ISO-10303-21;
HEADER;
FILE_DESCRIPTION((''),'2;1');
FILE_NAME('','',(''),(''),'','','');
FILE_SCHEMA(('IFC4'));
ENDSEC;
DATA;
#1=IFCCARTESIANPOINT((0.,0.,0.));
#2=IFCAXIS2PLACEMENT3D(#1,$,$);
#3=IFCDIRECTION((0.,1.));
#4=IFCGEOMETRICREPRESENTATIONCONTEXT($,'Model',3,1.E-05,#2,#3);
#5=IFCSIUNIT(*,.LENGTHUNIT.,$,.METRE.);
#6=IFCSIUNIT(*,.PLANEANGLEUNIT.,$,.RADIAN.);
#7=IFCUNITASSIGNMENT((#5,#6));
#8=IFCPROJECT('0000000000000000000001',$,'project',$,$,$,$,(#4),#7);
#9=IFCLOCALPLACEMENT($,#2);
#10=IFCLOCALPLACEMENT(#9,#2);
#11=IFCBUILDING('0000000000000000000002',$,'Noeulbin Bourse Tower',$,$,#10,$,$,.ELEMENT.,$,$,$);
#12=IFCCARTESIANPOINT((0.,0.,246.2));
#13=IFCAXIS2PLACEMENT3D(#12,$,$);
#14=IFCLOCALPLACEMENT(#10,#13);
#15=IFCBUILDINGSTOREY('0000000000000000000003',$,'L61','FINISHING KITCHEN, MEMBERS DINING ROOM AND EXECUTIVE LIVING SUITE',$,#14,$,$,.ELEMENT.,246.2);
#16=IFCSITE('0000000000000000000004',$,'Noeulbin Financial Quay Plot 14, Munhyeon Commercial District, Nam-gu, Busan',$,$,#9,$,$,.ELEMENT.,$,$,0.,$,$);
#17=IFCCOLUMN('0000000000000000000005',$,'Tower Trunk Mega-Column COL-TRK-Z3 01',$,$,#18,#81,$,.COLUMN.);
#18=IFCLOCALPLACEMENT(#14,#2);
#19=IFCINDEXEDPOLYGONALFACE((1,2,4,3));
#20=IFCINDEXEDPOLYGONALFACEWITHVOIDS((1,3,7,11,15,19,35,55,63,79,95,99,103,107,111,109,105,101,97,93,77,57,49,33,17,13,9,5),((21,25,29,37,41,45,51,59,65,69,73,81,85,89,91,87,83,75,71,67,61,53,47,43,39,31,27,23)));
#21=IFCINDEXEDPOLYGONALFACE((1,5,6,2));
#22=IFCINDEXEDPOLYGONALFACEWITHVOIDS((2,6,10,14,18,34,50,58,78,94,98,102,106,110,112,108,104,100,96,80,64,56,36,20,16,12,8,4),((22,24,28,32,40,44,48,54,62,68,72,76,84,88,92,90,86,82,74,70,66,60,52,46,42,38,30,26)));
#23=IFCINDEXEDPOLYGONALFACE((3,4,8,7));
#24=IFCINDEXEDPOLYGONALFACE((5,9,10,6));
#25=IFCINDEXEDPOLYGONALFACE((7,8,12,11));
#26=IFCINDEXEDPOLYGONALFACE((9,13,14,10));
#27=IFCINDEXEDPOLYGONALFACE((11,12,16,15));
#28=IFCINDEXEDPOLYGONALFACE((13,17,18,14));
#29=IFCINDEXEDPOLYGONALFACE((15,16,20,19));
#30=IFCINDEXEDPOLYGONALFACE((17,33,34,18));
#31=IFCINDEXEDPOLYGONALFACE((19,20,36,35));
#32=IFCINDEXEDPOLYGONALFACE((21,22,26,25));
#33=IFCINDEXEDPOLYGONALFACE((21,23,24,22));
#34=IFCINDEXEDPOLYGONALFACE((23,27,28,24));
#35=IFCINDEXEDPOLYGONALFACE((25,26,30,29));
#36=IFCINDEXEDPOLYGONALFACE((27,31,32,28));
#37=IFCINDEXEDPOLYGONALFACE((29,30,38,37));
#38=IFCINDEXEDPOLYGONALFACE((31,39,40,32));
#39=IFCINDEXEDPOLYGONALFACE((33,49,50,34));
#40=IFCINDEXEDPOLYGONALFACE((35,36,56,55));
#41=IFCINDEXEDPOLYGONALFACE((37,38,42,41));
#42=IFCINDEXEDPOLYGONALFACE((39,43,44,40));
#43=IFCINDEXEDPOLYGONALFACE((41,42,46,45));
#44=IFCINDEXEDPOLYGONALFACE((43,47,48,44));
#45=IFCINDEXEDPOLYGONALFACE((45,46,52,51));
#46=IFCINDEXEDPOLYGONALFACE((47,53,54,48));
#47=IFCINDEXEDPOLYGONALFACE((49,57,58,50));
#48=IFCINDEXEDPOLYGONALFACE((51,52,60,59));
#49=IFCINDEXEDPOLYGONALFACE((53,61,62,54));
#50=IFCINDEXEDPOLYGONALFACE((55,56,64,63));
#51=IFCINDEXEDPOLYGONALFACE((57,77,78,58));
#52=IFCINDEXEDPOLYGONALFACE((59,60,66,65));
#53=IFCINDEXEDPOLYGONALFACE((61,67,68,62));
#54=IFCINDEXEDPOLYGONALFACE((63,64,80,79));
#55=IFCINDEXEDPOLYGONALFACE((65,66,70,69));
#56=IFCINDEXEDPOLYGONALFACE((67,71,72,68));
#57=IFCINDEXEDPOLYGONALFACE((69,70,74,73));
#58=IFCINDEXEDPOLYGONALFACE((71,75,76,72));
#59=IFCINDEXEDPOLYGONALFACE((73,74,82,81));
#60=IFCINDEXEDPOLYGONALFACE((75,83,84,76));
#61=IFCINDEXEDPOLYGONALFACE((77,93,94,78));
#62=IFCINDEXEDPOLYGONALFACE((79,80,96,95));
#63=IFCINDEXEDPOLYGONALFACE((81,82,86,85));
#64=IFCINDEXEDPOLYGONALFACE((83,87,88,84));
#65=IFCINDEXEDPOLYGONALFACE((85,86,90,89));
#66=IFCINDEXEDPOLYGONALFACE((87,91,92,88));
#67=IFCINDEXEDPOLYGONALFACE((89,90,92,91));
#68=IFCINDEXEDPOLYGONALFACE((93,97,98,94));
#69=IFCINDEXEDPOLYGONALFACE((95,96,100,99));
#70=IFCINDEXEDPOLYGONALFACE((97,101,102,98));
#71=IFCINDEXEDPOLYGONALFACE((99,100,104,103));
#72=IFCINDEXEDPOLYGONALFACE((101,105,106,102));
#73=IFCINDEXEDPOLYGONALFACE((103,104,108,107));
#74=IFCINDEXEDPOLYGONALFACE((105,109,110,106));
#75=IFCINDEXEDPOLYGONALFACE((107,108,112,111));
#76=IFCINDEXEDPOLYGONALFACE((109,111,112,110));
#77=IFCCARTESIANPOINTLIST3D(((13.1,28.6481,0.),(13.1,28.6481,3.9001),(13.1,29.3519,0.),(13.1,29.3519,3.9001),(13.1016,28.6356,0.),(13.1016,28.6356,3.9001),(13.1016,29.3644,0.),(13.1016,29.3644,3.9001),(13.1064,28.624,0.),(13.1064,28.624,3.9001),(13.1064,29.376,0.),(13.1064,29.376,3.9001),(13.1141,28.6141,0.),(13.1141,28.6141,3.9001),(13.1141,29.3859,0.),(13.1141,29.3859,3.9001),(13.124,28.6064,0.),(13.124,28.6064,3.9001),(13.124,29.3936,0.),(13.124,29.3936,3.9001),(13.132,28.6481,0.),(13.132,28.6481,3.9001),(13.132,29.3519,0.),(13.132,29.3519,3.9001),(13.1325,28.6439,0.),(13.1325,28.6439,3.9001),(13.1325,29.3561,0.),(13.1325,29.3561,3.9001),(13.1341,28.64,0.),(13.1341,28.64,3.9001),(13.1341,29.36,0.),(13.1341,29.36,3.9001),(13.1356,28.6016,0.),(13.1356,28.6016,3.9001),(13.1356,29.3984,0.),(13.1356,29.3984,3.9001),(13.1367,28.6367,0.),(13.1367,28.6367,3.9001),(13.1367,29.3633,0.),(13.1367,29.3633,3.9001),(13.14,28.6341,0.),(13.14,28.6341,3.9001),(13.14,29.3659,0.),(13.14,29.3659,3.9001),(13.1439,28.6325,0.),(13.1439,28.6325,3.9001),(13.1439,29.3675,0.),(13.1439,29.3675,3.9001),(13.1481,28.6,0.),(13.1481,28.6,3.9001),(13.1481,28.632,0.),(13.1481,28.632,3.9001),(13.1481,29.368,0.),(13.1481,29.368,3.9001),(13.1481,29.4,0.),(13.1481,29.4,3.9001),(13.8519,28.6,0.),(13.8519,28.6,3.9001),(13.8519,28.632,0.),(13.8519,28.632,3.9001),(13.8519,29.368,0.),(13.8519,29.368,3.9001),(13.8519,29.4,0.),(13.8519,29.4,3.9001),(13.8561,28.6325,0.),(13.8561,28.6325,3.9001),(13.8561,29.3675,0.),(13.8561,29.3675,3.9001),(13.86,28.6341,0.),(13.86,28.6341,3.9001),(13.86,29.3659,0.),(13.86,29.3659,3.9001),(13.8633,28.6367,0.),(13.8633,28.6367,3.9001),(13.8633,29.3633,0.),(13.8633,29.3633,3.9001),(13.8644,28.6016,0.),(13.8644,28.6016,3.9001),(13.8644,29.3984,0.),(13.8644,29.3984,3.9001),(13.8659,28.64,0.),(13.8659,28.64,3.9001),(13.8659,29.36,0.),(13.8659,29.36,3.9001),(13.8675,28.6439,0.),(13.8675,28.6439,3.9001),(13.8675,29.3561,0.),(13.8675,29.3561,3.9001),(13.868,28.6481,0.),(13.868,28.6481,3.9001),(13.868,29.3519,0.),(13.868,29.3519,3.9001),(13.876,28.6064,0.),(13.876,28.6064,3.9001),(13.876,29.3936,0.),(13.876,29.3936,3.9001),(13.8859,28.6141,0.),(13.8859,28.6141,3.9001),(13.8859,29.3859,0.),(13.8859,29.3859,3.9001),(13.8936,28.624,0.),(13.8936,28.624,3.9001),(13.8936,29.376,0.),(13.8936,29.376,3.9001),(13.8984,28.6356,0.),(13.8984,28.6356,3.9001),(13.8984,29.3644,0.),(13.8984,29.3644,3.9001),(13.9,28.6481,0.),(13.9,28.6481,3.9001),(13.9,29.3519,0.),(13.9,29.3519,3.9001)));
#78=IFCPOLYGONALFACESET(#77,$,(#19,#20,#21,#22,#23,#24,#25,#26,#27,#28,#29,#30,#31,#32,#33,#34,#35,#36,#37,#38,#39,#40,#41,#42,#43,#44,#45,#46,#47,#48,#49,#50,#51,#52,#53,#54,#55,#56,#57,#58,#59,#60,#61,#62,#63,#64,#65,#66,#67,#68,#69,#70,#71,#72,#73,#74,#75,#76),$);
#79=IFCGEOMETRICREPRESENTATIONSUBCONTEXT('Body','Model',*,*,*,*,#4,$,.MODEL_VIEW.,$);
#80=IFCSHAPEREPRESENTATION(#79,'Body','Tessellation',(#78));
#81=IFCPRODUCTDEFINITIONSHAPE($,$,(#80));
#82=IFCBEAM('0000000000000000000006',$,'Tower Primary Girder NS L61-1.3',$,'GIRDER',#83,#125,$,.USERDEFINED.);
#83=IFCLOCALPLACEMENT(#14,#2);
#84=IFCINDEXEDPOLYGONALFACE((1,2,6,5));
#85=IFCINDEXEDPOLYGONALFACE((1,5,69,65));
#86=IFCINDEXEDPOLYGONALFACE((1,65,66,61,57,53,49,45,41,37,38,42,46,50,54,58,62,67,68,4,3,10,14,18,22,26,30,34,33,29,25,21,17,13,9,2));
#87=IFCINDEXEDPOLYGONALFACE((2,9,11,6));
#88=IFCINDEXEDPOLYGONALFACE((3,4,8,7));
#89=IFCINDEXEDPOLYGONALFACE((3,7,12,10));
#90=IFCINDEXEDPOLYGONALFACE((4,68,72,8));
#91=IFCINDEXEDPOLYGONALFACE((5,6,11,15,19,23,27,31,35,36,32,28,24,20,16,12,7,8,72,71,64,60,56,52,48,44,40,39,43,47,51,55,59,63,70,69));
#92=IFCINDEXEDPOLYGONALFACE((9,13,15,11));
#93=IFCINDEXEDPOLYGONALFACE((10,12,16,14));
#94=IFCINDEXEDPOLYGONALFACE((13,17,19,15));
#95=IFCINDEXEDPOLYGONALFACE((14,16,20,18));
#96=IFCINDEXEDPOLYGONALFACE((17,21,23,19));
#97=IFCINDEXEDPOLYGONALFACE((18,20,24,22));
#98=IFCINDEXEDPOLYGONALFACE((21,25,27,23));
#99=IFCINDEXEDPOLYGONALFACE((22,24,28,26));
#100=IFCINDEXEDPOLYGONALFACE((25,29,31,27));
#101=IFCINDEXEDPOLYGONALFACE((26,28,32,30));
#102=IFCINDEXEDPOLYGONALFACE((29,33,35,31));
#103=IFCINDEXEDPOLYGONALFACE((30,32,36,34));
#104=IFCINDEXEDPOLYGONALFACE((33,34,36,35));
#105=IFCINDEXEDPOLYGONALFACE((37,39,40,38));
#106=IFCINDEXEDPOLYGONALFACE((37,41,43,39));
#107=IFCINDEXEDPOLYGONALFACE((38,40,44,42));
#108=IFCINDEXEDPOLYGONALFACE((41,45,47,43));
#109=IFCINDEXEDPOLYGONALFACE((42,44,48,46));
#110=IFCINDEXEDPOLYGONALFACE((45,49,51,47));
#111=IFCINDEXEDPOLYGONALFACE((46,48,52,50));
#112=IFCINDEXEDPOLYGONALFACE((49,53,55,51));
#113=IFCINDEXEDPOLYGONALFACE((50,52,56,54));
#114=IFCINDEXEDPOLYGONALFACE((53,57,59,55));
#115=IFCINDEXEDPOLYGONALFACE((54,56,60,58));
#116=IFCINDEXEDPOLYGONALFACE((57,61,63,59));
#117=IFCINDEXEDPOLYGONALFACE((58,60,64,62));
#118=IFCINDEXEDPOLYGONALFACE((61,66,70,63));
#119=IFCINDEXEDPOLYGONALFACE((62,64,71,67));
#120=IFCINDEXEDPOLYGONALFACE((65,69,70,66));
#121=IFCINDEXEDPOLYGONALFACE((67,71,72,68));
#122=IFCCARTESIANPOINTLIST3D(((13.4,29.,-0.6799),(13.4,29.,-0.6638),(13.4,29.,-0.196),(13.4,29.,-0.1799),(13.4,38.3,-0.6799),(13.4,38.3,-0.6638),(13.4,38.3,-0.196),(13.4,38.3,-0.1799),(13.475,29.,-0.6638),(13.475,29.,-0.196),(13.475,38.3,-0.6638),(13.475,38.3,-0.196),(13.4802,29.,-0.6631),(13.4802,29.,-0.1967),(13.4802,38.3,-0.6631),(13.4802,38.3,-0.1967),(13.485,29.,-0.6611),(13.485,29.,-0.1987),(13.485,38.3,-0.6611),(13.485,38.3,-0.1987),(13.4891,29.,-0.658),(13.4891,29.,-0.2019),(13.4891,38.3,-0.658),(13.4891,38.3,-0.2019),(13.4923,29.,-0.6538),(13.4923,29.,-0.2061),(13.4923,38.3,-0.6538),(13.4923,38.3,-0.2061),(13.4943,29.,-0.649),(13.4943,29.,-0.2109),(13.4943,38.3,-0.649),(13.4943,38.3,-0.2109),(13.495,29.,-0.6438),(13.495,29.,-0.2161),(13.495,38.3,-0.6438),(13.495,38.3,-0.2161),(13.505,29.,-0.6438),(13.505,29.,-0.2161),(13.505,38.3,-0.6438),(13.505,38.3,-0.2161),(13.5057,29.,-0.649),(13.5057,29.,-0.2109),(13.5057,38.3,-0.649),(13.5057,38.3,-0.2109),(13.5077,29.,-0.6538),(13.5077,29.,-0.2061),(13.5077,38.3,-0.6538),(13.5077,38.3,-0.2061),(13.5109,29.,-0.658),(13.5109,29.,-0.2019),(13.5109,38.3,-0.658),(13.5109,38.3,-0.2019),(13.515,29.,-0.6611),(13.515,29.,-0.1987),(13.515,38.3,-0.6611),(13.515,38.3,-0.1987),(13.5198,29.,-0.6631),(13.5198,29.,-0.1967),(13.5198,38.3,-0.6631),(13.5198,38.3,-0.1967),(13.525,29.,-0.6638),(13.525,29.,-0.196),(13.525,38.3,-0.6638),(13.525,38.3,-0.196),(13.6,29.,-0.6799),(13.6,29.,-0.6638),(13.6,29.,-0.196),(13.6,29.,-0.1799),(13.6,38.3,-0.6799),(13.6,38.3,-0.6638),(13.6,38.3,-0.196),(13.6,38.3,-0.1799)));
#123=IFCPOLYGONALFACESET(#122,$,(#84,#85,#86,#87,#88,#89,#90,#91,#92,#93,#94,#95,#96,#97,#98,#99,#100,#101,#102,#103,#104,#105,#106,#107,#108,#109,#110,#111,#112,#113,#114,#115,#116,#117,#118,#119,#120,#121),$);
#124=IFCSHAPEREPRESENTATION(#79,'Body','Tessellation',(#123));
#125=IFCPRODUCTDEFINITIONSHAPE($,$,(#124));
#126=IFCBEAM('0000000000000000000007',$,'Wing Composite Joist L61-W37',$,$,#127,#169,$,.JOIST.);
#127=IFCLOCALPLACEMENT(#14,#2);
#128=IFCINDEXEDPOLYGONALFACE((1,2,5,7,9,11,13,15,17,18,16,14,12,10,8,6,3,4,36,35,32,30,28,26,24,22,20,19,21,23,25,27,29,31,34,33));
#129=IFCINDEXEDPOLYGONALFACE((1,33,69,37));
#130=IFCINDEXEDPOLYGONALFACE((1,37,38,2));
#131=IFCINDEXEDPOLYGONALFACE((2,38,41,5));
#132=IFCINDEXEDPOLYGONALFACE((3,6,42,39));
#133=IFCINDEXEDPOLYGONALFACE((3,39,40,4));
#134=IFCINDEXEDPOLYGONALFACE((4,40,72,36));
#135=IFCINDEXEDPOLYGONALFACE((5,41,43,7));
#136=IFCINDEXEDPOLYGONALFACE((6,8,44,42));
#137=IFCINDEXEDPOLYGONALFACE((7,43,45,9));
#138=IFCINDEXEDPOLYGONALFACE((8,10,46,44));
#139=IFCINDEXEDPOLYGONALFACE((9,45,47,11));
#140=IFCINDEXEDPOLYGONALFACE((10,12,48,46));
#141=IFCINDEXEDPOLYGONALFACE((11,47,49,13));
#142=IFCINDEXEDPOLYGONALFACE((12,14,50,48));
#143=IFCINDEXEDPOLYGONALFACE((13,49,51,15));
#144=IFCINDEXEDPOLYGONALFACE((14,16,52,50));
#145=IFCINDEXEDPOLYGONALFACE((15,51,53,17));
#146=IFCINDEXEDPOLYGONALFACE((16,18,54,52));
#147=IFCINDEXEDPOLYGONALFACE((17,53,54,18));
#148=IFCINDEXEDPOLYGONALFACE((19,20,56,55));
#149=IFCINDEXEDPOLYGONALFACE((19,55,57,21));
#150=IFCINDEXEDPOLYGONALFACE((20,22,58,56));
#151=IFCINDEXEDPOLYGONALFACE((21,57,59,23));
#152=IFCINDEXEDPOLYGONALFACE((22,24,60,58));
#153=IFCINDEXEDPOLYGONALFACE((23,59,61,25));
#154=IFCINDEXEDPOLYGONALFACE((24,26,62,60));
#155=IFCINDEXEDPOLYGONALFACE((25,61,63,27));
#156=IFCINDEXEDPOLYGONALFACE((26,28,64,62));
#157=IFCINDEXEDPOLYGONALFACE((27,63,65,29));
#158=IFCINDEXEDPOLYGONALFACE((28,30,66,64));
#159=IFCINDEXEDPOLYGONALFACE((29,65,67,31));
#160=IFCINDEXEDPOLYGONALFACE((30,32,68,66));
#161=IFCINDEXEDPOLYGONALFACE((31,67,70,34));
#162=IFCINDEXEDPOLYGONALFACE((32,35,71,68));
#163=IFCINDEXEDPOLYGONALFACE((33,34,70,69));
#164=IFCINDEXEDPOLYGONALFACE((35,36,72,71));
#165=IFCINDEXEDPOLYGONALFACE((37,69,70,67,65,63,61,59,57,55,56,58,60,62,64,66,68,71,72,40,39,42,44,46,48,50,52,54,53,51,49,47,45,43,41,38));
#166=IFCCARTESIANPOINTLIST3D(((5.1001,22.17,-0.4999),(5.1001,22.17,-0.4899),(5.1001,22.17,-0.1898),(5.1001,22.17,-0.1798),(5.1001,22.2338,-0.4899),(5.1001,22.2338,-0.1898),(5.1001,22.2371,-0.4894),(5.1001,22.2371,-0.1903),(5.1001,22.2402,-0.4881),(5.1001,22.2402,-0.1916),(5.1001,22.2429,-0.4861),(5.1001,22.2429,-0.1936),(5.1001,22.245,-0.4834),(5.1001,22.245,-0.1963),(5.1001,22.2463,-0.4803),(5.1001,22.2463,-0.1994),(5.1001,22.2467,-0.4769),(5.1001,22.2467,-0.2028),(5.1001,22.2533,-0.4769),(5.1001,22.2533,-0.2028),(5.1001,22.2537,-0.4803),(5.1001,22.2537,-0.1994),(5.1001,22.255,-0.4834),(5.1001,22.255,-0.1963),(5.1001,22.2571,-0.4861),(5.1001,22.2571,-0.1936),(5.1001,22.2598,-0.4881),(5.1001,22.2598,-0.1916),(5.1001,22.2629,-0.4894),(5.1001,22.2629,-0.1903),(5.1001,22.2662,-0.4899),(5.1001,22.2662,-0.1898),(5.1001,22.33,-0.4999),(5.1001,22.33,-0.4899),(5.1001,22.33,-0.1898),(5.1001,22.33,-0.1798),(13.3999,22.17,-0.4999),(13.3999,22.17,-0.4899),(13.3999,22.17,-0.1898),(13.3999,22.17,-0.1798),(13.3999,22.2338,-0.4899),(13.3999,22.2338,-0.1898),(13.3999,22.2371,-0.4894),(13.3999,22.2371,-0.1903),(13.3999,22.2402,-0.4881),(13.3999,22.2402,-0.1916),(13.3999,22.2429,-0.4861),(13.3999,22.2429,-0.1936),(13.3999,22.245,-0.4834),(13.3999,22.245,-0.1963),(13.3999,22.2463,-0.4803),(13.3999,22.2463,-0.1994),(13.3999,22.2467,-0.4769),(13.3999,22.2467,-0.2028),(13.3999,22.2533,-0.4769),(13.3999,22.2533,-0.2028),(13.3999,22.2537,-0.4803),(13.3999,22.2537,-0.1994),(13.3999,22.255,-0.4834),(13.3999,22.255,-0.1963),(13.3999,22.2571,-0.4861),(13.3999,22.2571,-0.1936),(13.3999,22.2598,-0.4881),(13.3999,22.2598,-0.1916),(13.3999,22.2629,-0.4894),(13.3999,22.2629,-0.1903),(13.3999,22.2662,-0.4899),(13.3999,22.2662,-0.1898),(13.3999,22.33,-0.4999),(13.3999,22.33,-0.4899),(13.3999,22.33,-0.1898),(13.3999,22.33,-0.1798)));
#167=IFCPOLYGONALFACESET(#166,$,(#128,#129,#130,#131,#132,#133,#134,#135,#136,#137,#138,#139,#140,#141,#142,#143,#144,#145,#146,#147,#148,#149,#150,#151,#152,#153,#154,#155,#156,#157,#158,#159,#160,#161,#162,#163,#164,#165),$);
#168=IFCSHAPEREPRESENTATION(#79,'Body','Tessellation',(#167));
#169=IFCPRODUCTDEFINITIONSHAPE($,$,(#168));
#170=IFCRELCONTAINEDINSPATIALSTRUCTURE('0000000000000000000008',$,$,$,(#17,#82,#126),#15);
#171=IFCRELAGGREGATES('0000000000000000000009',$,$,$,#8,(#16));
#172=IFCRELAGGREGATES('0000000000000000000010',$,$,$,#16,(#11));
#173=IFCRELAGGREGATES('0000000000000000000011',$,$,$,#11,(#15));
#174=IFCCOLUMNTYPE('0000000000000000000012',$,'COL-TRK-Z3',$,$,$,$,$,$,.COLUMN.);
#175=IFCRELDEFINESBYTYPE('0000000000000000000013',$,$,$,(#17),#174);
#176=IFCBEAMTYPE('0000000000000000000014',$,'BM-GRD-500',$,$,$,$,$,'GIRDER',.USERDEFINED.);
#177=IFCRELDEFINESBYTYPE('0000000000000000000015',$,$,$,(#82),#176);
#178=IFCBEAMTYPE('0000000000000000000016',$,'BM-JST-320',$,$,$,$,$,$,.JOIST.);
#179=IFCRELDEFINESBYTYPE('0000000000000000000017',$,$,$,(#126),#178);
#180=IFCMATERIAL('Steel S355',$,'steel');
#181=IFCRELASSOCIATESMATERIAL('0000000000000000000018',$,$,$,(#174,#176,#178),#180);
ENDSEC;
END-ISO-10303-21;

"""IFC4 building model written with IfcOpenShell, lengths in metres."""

from ifc_helpers import new_model, si_unit, direction, frame, origin, origin_2d, place, context, subcontext, project, spatial, hollow_rectangle, i_section, extrude, material, material_profile, profile_set, type_object, element, save


model = new_model("IFC4")

# Units and contexts
model_context = context("Model", 3, precision=1e-05, world=origin(), true_north=direction((0.0, 1.0)))
body_context = subcontext(model_context, "Body", "Model", "MODEL_VIEW")
ifc_project = project(units=[si_unit("LENGTHUNIT", "METRE"), si_unit("PLANEANGLEUNIT", "RADIAN")], contexts=[model_context])

# Site, building, storey
site_placement = place(None, origin())
site = spatial("IfcSite", under=ifc_project, at=site_placement, Name="Noeulbin Financial Quay Plot 14, Munhyeon Commercial District, Nam-gu, Busan", CompositionType="ELEMENT", RefElevation=0.0)
building_placement = place(site_placement, origin())
building = spatial("IfcBuilding", under=site, at=building_placement, Name="Noeulbin Bourse Tower", CompositionType="ELEMENT")
storey_placement = place(building_placement, frame((0.0, 0.0, 246.2)))
storey = spatial("IfcBuildingStorey", under=building, at=storey_placement, Name="L61", Description="FINISHING KITCHEN, MEMBERS DINING ROOM AND EXECUTIVE LIVING SUITE", CompositionType="ELEMENT", Elevation=246.2)

# Column
ifc_material_1 = material(Name="Steel S355", Category="steel")
ifc_material_profile_1 = material_profile(ifc_material_1, hollow_rectangle(XDim=0.8, YDim=0.8, WallThickness=0.032, InnerFilletRadius=0.0161, OuterFilletRadius=0.0481, at=origin_2d()), Name="BOX-800x800x32", Category="LoadBearing")
ifc_profile_set_1 = profile_set([ifc_material_profile_1], Name="Steel S355")
column_type = type_object("IfcColumnType", Name="COL-TRK-Z3", PredefinedType="COLUMN", material=ifc_profile_set_1)
column_placement = place(storey_placement, frame((13.5, 29.0, 0.0), z_axis=(0.0, 0.0, 1.0), x_axis=(1.0, 0.0, 0.0)))
element("IfcColumn", 1, at=column_placement, inside=storey, type_object=column_type, Name="Tower Trunk Mega-Column COL-TRK-Z3 01", PredefinedType="COLUMN", context=body_context, shape_type="SweptSolid", body=[
    extrude(hollow_rectangle(XDim=0.8, YDim=0.8, WallThickness=0.032, InnerFilletRadius=0.0161, OuterFilletRadius=0.0481, at=origin_2d()), origin(), (0.0, 0.0, 1.0), 3.9001),
])

# Beams
ifc_material_profile_2 = material_profile(ifc_material_1, i_section(OverallWidth=0.2, OverallDepth=0.5, WebThickness=0.01, FlangeThickness=0.0161, FilletRadius=0.02, at=origin_2d()), Name="H-500x200x10x16", Category="LoadBearing")
ifc_profile_set_2 = profile_set([ifc_material_profile_2], Name="Steel S355")
beam_type_1 = type_object("IfcBeamType", Name="BM-GRD-500", ElementType="GIRDER", PredefinedType="USERDEFINED", material=ifc_profile_set_2)
beam_placement = place(storey_placement, frame((13.5, 29.0, -0.4299), z_axis=(0.0, 1.0, 0.0), x_axis=(-1.0, 0.0, 0.0)))
element("IfcBeam", 2, at=beam_placement, inside=storey, type_object=beam_type_1, Name="Tower Primary Girder NS L61-1.3", ObjectType="GIRDER", PredefinedType="USERDEFINED", context=body_context, shape_type="SweptSolid", body=[
    extrude(i_section(OverallWidth=0.2, OverallDepth=0.5, WebThickness=0.01, FlangeThickness=0.0161, FilletRadius=0.02, at=origin_2d()), origin(), (0.0, 0.0, 1.0), 9.3),
])
ifc_material_profile_3 = material_profile(ifc_material_1, i_section(OverallWidth=0.1599, OverallDepth=0.3201, WebThickness=0.0066, FlangeThickness=0.01, FilletRadius=0.0129, at=origin_2d()), Name="H-320x160x6.5x10", Category="LoadBearing")
ifc_profile_set_3 = profile_set([ifc_material_profile_3], Name="Steel S355")
beam_type_2 = type_object("IfcBeamType", Name="BM-JST-320", PredefinedType="JOIST", material=ifc_profile_set_3)
for number, where, z_axis, x_axis, name in (
    (3, (5.1001, 22.25, -0.3398), (1.0, 0.0, 0.0), (0.0, 1.0, 0.0), "Wing Composite Joist L61-W37"),
):
    element("IfcBeam", number, at=place(storey_placement, frame(where, z_axis=z_axis, x_axis=x_axis)), inside=storey, type_object=beam_type_2, Name=name, PredefinedType="JOIST", context=body_context, shape_type="SweptSolid", body=[
        extrude(i_section(OverallWidth=0.1599, OverallDepth=0.3201, WebThickness=0.0066, FlangeThickness=0.01, FilletRadius=0.0129, at=origin_2d()), origin(), (0.0, 0.0, 1.0), 8.2998),
    ])

save(model, "model.ifc")
